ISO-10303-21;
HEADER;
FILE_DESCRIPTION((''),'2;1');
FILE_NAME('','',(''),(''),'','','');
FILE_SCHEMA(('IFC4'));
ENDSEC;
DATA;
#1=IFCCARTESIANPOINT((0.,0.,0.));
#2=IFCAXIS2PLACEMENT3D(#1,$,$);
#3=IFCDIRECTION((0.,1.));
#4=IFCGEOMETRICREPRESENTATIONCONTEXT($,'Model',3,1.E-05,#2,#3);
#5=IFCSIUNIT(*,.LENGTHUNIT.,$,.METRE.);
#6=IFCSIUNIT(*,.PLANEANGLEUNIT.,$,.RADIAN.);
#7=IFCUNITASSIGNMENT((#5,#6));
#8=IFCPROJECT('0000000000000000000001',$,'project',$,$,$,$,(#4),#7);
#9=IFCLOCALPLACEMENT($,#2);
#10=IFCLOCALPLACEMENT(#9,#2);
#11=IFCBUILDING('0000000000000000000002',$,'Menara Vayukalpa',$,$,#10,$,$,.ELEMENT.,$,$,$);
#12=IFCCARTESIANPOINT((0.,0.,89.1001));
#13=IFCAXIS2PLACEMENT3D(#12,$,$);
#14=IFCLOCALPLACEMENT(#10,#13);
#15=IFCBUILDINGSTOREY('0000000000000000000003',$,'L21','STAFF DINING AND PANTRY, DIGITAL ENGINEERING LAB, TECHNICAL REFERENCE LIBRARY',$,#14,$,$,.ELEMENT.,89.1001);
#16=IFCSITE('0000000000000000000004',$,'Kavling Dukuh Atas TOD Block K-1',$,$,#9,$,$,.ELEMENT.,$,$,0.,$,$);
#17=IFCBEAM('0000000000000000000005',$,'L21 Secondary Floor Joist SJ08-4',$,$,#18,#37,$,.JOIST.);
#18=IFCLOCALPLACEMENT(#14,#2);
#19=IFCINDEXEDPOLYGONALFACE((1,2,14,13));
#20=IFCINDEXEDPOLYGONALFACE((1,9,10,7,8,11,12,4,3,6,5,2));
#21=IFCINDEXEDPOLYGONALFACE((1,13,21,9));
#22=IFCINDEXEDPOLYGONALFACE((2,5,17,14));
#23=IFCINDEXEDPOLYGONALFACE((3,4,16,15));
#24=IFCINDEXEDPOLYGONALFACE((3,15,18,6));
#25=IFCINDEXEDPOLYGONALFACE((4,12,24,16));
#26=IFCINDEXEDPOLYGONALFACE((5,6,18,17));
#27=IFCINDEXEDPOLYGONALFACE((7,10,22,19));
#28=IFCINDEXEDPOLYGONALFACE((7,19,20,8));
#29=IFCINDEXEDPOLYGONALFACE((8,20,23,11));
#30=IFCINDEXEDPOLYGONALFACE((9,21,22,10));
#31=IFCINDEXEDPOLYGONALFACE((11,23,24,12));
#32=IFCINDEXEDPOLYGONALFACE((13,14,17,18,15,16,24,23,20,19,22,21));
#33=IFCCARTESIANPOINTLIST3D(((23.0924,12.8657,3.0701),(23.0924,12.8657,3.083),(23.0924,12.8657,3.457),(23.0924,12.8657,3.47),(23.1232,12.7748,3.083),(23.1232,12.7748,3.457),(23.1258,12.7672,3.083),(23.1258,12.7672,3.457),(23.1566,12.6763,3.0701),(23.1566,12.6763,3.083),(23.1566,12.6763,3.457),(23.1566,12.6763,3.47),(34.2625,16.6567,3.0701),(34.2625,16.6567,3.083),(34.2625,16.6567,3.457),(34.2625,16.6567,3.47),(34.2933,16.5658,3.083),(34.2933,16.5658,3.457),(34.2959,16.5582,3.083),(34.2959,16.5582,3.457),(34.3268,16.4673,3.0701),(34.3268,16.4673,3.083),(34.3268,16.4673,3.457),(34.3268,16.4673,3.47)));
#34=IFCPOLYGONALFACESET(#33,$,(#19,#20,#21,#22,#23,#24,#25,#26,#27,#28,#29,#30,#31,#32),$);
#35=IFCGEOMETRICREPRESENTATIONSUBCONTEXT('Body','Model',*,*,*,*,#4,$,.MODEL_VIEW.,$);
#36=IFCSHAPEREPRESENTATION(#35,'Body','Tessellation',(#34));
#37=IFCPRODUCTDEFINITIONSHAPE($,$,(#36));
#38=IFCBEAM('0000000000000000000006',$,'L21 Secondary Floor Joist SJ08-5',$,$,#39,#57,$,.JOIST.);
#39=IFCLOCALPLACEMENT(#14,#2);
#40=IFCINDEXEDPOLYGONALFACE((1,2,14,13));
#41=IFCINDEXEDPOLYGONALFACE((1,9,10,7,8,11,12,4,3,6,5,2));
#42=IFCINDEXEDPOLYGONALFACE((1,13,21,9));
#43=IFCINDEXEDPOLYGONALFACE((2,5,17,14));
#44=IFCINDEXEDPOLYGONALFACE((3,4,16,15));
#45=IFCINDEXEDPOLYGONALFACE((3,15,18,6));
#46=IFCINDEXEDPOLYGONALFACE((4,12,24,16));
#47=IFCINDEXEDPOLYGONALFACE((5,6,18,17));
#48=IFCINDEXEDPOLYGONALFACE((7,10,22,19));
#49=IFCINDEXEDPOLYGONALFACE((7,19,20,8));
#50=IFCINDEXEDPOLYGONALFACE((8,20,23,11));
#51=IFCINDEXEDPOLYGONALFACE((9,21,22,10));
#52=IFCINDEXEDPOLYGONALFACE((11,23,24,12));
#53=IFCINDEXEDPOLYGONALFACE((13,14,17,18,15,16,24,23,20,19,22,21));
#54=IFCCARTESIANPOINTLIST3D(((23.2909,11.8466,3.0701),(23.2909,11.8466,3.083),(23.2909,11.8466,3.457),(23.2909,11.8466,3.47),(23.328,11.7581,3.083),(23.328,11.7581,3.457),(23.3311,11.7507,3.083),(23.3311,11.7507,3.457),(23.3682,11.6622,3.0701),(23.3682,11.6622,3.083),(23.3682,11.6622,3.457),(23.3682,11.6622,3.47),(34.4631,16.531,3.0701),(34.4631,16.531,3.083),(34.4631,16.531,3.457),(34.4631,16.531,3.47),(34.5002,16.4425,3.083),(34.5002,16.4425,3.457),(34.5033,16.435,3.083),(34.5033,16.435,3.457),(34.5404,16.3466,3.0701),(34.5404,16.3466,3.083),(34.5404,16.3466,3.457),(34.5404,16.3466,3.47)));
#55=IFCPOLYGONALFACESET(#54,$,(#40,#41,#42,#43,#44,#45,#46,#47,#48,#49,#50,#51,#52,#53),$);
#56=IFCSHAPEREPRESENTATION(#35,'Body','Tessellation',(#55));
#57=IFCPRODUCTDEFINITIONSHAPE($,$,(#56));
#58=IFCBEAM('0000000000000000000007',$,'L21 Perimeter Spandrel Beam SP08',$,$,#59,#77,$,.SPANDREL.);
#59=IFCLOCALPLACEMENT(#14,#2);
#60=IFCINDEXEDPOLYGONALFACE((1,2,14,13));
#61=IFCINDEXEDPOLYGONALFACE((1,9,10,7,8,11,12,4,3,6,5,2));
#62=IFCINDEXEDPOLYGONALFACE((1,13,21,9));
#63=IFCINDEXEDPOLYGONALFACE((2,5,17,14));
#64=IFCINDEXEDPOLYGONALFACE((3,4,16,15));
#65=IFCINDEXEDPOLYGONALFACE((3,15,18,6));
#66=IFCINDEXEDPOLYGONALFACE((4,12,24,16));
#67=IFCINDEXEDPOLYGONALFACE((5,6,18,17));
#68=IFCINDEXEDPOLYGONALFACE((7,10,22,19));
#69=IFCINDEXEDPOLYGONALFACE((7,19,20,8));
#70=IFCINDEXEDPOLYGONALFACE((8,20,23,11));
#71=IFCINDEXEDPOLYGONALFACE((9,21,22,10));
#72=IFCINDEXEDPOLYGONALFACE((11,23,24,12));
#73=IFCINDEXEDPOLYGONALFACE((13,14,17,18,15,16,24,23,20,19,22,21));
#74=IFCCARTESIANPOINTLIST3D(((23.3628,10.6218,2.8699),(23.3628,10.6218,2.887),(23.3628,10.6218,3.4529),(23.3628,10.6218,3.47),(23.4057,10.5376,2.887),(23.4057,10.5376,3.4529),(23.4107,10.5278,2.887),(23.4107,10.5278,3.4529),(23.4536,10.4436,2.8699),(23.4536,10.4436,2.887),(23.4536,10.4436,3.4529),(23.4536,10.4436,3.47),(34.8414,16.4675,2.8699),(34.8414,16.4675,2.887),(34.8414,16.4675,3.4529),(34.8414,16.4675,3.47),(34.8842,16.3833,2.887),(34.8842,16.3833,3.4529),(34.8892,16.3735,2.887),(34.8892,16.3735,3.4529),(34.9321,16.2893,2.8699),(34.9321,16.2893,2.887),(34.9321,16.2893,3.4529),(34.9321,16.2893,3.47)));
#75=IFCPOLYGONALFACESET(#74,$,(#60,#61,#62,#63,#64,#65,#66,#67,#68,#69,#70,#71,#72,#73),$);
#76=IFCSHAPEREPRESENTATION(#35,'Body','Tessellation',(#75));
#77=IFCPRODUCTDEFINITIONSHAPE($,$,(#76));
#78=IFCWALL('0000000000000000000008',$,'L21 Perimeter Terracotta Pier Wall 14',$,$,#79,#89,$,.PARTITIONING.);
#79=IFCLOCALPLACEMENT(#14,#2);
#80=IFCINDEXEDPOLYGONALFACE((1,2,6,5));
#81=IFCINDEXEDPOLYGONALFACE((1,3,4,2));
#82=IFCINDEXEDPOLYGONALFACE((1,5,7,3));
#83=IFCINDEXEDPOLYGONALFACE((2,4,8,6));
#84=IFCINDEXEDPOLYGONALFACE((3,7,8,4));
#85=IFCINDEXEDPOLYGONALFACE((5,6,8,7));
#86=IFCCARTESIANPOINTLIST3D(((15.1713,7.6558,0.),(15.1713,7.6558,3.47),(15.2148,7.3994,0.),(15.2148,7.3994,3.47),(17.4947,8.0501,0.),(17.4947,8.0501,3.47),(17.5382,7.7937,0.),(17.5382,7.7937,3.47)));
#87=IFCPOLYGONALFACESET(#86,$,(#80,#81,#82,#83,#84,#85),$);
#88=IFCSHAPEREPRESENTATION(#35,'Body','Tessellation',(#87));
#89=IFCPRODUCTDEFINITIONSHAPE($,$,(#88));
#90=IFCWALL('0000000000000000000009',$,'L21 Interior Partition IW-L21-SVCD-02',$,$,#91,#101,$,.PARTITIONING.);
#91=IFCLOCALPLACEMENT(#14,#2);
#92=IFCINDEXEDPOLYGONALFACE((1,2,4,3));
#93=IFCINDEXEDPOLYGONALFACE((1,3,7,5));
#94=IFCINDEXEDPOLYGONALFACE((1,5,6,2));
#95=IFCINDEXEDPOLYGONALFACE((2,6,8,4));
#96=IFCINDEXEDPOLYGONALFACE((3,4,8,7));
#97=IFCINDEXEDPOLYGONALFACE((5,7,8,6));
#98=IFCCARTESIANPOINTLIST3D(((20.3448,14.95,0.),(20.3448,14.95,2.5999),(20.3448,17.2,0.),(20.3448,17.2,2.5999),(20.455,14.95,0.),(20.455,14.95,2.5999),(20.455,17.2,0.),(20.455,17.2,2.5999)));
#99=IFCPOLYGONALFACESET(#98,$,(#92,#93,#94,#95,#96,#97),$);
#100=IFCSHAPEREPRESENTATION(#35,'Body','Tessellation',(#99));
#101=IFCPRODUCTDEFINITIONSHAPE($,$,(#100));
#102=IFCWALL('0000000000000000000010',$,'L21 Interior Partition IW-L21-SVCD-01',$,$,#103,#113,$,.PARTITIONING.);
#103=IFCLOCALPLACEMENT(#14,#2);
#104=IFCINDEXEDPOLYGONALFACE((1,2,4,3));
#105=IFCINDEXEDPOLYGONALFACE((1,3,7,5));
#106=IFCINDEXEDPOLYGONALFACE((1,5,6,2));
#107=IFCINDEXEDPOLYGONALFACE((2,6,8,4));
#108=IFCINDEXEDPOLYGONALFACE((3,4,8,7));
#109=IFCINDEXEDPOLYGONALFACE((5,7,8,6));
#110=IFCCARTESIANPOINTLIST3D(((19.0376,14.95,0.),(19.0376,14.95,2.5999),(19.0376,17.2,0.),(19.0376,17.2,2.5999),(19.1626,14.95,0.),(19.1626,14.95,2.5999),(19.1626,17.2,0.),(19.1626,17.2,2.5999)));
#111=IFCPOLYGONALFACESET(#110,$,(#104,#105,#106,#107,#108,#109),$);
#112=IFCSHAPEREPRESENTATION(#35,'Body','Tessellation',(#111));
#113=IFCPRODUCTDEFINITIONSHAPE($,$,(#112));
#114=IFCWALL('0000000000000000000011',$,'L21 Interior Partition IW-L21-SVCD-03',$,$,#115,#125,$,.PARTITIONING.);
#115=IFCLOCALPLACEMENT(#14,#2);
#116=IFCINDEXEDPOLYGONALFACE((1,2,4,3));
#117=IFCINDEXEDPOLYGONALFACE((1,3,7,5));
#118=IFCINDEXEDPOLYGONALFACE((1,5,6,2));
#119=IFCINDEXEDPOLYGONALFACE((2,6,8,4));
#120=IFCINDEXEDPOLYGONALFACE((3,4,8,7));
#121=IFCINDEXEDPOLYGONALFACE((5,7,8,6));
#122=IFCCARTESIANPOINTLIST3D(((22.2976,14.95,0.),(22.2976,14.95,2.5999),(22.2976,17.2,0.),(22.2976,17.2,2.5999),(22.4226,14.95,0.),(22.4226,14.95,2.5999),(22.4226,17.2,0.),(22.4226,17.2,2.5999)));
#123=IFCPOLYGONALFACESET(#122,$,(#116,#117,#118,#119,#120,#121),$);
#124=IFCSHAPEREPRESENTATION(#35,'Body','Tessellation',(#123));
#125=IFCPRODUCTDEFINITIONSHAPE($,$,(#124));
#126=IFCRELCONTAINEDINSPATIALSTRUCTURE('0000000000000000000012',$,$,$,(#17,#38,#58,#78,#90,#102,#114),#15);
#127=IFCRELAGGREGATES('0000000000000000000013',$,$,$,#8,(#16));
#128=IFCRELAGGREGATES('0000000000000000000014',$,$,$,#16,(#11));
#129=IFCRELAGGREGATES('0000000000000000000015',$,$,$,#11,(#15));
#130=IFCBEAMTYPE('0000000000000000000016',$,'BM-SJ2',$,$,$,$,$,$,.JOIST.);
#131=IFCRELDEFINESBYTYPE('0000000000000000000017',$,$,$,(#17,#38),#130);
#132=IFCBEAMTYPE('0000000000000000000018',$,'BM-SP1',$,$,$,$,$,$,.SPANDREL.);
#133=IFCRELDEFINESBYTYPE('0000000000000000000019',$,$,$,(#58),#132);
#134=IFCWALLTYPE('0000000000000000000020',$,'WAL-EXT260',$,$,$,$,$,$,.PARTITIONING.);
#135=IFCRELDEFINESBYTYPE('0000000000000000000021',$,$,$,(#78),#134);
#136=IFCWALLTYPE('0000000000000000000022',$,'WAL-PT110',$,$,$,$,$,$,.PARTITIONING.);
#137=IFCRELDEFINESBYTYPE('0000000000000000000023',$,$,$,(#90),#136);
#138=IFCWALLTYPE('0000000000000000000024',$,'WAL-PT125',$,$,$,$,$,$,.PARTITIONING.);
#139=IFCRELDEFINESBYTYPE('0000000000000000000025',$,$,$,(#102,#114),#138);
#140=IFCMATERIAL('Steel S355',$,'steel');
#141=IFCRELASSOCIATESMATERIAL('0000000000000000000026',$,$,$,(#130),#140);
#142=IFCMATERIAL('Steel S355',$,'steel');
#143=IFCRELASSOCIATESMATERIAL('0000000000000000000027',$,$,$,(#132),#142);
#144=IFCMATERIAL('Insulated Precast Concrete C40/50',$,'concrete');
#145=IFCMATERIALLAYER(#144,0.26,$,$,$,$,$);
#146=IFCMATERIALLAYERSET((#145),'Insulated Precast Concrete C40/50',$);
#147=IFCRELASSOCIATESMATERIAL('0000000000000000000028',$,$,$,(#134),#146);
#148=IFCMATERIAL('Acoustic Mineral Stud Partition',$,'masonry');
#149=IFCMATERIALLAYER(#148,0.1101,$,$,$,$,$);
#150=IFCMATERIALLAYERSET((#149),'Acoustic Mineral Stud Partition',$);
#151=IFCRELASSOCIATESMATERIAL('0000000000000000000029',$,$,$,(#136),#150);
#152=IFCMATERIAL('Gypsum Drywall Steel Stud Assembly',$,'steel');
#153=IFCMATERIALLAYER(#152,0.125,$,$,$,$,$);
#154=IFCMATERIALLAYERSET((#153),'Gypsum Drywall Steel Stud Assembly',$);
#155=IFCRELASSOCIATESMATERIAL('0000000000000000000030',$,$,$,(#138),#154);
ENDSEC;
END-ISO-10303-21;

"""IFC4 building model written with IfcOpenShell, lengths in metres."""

from ifc_helpers import new_model, si_unit, direction, frame, frame_2d, origin, origin_2d, place, context, subcontext, project, spatial, rectangle, i_section, extrude, material, layer, layer_set, material_profile, profile_set, type_object, element, save


model = new_model("IFC4")

# Units and contexts
model_context = context("Model", 3, precision=1e-05, world=origin(), true_north=direction((0.0, 1.0)))
body_context = subcontext(model_context, "Body", "Model", "MODEL_VIEW")
ifc_project = project(units=[si_unit("LENGTHUNIT", "METRE"), si_unit("PLANEANGLEUNIT", "RADIAN")], contexts=[model_context])

# Site, building, storey
site_placement = place(None, origin())
site = spatial("IfcSite", under=ifc_project, at=site_placement, Name="Kavling Dukuh Atas TOD Block K-1", CompositionType="ELEMENT", RefElevation=0.0)
building_placement = place(site_placement, origin())
building = spatial("IfcBuilding", under=site, at=building_placement, Name="Menara Vayukalpa", CompositionType="ELEMENT")
storey_placement = place(building_placement, frame((0.0, 0.0, 89.1001)))
storey = spatial("IfcBuildingStorey", under=building, at=storey_placement, Name="L21", Description="STAFF DINING AND PANTRY, DIGITAL ENGINEERING LAB, TECHNICAL REFERENCE LIBRARY", CompositionType="ELEMENT", Elevation=89.1001)

# Beams
ifc_material_1 = material(Name="Steel S355", Category="steel")
ifc_material_profile_1 = material_profile(ifc_material_1, i_section(OverallWidth=0.2, OverallDepth=0.3999, WebThickness=0.0081, FlangeThickness=0.0129, at=origin_2d()), Name="WF 400x200x8x13")
ifc_profile_set_1 = profile_set([ifc_material_profile_1], Name="Steel S355")
beam_type_1 = type_object("IfcBeamType", Name="BM-SJ2", PredefinedType="JOIST", material=ifc_profile_set_1)
beam_1_placement = place(storey_placement, frame((23.1245, 12.771, 3.27), z_axis=(0.946949, 0.321383, 0.0), x_axis=(-0.321383, 0.946949, 0.0)))
element("IfcBeam", 1, at=beam_1_placement, inside=storey, type_object=beam_type_1, Name="L21 Secondary Floor Joist SJ08-4", PredefinedType="JOIST", context=body_context, shape_type="SweptSolid", body=[
    extrude(i_section(OverallWidth=0.2, OverallDepth=0.3999, WebThickness=0.0081, FlangeThickness=0.0129, at=origin_2d()), origin(), (0.0, 0.0, 1.0), 11.7959),
])
beam_2_placement = place(storey_placement, frame((23.3296, 11.7544, 3.27), z_axis=(0.922217, 0.386674, 0.0), x_axis=(-0.386674, 0.922217, 0.0)))
element("IfcBeam", 2, at=beam_2_placement, inside=storey, type_object=beam_type_1, Name="L21 Secondary Floor Joist SJ08-5", PredefinedType="JOIST", context=body_context, shape_type="SweptSolid", body=[
    extrude(i_section(OverallWidth=0.2, OverallDepth=0.3999, WebThickness=0.0081, FlangeThickness=0.0129, at=origin_2d()), origin(), (0.0, 0.0, 1.0), 12.1145),
])
ifc_material_2 = material(Name="Steel S355", Category="steel")
ifc_material_profile_2 = material_profile(ifc_material_2, i_section(OverallWidth=0.2, OverallDepth=0.6001, WebThickness=0.011, FlangeThickness=0.0171, at=origin_2d()), Name="WF 600x200x11x17")
ifc_profile_set_2 = profile_set([ifc_material_profile_2], Name="Steel S355")
beam_type_2 = type_object("IfcBeamType", Name="BM-SP1", PredefinedType="SPANDREL", material=ifc_profile_set_2)
beam_3_placement = place(storey_placement, frame((23.4082, 10.5327, 3.1699), z_axis=(0.891097, 0.453812, 0.0), x_axis=(-0.453812, 0.891097, 0.0)))
element("IfcBeam", 3, at=beam_3_placement, inside=storey, type_object=beam_type_2, Name="L21 Perimeter Spandrel Beam SP08", PredefinedType="SPANDREL", context=body_context, shape_type="SweptSolid", body=[
    extrude(i_section(OverallWidth=0.2, OverallDepth=0.6001, WebThickness=0.011, FlangeThickness=0.0171, at=origin_2d()), origin(), (0.0, 0.0, 1.0), 12.8813),
])

# Walls
ifc_material_3 = material(Name="Insulated Precast Concrete C40/50", Category="concrete")
ifc_layer_1 = layer(ifc_material_3, 0.26)
ifc_layer_set_1 = layer_set([ifc_layer_1], Name="Insulated Precast Concrete C40/50")
wall_type_1 = type_object("IfcWallType", Name="WAL-EXT260", PredefinedType="PARTITIONING", material=ifc_layer_set_1)
wall_1_placement = place(storey_placement, frame((17.5164, 7.9219, 0.0), z_axis=(0.0, 0.0, 1.0), x_axis=(-0.985905, -0.167305, 0.0)))
element("IfcWall", 4, at=wall_1_placement, inside=storey, type_object=wall_type_1, Name="L21 Perimeter Terracotta Pier Wall 14", PredefinedType="PARTITIONING", context=body_context, shape_type="SweptSolid", body=[
    extrude(rectangle(XDim=2.3567, YDim=0.26, at=frame_2d((1.1782, 0.0))), origin(), (0.0, 0.0, 1.0), 3.47),
])
ifc_material_4 = material(Name="Acoustic Mineral Stud Partition", Category="masonry")
ifc_layer_2 = layer(ifc_material_4, 0.1101)
ifc_layer_set_2 = layer_set([ifc_layer_2], Name="Acoustic Mineral Stud Partition")
wall_type_2 = type_object("IfcWallType", Name="WAL-PT110", PredefinedType="PARTITIONING", material=ifc_layer_set_2)
wall_2_placement = place(storey_placement, frame((20.3999, 14.95, 0.0), z_axis=(0.0, 0.0, 1.0), x_axis=(0.0, 1.0, 0.0)))
element("IfcWall", 5, at=wall_2_placement, inside=storey, type_object=wall_type_2, Name="L21 Interior Partition IW-L21-SVCD-02", PredefinedType="PARTITIONING", context=body_context, shape_type="SweptSolid", body=[
    extrude(rectangle(XDim=2.25, YDim=0.1101, at=frame_2d((1.125, 0.0))), origin(), (0.0, 0.0, 1.0), 2.5999),
])
ifc_material_5 = material(Name="Gypsum Drywall Steel Stud Assembly", Category="steel")
ifc_layer_3 = layer(ifc_material_5, 0.125)
ifc_layer_set_3 = layer_set([ifc_layer_3], Name="Gypsum Drywall Steel Stud Assembly")
wall_type_3 = type_object("IfcWallType", Name="WAL-PT125", PredefinedType="PARTITIONING", material=ifc_layer_set_3)
for number, where, z_axis, x_axis, name in (
    (6, (19.1001, 14.95, 0.0), (0.0, 0.0, 1.0), (0.0, 1.0, 0.0), "L21 Interior Partition IW-L21-SVCD-01"),
    (7, (22.3601, 14.95, 0.0), (0.0, 0.0, 1.0), (0.0, 1.0, 0.0), "L21 Interior Partition IW-L21-SVCD-03"),
):
    element("IfcWall", number, at=place(storey_placement, frame(where, z_axis=z_axis, x_axis=x_axis)), inside=storey, type_object=wall_type_3, Name=name, PredefinedType="PARTITIONING", context=body_context, shape_type="SweptSolid", body=[
        extrude(rectangle(XDim=2.25, YDim=0.125, at=frame_2d((1.125, 0.0))), origin(), (0.0, 0.0, 1.0), 2.5999),
    ])

save(model, "model.ifc")
